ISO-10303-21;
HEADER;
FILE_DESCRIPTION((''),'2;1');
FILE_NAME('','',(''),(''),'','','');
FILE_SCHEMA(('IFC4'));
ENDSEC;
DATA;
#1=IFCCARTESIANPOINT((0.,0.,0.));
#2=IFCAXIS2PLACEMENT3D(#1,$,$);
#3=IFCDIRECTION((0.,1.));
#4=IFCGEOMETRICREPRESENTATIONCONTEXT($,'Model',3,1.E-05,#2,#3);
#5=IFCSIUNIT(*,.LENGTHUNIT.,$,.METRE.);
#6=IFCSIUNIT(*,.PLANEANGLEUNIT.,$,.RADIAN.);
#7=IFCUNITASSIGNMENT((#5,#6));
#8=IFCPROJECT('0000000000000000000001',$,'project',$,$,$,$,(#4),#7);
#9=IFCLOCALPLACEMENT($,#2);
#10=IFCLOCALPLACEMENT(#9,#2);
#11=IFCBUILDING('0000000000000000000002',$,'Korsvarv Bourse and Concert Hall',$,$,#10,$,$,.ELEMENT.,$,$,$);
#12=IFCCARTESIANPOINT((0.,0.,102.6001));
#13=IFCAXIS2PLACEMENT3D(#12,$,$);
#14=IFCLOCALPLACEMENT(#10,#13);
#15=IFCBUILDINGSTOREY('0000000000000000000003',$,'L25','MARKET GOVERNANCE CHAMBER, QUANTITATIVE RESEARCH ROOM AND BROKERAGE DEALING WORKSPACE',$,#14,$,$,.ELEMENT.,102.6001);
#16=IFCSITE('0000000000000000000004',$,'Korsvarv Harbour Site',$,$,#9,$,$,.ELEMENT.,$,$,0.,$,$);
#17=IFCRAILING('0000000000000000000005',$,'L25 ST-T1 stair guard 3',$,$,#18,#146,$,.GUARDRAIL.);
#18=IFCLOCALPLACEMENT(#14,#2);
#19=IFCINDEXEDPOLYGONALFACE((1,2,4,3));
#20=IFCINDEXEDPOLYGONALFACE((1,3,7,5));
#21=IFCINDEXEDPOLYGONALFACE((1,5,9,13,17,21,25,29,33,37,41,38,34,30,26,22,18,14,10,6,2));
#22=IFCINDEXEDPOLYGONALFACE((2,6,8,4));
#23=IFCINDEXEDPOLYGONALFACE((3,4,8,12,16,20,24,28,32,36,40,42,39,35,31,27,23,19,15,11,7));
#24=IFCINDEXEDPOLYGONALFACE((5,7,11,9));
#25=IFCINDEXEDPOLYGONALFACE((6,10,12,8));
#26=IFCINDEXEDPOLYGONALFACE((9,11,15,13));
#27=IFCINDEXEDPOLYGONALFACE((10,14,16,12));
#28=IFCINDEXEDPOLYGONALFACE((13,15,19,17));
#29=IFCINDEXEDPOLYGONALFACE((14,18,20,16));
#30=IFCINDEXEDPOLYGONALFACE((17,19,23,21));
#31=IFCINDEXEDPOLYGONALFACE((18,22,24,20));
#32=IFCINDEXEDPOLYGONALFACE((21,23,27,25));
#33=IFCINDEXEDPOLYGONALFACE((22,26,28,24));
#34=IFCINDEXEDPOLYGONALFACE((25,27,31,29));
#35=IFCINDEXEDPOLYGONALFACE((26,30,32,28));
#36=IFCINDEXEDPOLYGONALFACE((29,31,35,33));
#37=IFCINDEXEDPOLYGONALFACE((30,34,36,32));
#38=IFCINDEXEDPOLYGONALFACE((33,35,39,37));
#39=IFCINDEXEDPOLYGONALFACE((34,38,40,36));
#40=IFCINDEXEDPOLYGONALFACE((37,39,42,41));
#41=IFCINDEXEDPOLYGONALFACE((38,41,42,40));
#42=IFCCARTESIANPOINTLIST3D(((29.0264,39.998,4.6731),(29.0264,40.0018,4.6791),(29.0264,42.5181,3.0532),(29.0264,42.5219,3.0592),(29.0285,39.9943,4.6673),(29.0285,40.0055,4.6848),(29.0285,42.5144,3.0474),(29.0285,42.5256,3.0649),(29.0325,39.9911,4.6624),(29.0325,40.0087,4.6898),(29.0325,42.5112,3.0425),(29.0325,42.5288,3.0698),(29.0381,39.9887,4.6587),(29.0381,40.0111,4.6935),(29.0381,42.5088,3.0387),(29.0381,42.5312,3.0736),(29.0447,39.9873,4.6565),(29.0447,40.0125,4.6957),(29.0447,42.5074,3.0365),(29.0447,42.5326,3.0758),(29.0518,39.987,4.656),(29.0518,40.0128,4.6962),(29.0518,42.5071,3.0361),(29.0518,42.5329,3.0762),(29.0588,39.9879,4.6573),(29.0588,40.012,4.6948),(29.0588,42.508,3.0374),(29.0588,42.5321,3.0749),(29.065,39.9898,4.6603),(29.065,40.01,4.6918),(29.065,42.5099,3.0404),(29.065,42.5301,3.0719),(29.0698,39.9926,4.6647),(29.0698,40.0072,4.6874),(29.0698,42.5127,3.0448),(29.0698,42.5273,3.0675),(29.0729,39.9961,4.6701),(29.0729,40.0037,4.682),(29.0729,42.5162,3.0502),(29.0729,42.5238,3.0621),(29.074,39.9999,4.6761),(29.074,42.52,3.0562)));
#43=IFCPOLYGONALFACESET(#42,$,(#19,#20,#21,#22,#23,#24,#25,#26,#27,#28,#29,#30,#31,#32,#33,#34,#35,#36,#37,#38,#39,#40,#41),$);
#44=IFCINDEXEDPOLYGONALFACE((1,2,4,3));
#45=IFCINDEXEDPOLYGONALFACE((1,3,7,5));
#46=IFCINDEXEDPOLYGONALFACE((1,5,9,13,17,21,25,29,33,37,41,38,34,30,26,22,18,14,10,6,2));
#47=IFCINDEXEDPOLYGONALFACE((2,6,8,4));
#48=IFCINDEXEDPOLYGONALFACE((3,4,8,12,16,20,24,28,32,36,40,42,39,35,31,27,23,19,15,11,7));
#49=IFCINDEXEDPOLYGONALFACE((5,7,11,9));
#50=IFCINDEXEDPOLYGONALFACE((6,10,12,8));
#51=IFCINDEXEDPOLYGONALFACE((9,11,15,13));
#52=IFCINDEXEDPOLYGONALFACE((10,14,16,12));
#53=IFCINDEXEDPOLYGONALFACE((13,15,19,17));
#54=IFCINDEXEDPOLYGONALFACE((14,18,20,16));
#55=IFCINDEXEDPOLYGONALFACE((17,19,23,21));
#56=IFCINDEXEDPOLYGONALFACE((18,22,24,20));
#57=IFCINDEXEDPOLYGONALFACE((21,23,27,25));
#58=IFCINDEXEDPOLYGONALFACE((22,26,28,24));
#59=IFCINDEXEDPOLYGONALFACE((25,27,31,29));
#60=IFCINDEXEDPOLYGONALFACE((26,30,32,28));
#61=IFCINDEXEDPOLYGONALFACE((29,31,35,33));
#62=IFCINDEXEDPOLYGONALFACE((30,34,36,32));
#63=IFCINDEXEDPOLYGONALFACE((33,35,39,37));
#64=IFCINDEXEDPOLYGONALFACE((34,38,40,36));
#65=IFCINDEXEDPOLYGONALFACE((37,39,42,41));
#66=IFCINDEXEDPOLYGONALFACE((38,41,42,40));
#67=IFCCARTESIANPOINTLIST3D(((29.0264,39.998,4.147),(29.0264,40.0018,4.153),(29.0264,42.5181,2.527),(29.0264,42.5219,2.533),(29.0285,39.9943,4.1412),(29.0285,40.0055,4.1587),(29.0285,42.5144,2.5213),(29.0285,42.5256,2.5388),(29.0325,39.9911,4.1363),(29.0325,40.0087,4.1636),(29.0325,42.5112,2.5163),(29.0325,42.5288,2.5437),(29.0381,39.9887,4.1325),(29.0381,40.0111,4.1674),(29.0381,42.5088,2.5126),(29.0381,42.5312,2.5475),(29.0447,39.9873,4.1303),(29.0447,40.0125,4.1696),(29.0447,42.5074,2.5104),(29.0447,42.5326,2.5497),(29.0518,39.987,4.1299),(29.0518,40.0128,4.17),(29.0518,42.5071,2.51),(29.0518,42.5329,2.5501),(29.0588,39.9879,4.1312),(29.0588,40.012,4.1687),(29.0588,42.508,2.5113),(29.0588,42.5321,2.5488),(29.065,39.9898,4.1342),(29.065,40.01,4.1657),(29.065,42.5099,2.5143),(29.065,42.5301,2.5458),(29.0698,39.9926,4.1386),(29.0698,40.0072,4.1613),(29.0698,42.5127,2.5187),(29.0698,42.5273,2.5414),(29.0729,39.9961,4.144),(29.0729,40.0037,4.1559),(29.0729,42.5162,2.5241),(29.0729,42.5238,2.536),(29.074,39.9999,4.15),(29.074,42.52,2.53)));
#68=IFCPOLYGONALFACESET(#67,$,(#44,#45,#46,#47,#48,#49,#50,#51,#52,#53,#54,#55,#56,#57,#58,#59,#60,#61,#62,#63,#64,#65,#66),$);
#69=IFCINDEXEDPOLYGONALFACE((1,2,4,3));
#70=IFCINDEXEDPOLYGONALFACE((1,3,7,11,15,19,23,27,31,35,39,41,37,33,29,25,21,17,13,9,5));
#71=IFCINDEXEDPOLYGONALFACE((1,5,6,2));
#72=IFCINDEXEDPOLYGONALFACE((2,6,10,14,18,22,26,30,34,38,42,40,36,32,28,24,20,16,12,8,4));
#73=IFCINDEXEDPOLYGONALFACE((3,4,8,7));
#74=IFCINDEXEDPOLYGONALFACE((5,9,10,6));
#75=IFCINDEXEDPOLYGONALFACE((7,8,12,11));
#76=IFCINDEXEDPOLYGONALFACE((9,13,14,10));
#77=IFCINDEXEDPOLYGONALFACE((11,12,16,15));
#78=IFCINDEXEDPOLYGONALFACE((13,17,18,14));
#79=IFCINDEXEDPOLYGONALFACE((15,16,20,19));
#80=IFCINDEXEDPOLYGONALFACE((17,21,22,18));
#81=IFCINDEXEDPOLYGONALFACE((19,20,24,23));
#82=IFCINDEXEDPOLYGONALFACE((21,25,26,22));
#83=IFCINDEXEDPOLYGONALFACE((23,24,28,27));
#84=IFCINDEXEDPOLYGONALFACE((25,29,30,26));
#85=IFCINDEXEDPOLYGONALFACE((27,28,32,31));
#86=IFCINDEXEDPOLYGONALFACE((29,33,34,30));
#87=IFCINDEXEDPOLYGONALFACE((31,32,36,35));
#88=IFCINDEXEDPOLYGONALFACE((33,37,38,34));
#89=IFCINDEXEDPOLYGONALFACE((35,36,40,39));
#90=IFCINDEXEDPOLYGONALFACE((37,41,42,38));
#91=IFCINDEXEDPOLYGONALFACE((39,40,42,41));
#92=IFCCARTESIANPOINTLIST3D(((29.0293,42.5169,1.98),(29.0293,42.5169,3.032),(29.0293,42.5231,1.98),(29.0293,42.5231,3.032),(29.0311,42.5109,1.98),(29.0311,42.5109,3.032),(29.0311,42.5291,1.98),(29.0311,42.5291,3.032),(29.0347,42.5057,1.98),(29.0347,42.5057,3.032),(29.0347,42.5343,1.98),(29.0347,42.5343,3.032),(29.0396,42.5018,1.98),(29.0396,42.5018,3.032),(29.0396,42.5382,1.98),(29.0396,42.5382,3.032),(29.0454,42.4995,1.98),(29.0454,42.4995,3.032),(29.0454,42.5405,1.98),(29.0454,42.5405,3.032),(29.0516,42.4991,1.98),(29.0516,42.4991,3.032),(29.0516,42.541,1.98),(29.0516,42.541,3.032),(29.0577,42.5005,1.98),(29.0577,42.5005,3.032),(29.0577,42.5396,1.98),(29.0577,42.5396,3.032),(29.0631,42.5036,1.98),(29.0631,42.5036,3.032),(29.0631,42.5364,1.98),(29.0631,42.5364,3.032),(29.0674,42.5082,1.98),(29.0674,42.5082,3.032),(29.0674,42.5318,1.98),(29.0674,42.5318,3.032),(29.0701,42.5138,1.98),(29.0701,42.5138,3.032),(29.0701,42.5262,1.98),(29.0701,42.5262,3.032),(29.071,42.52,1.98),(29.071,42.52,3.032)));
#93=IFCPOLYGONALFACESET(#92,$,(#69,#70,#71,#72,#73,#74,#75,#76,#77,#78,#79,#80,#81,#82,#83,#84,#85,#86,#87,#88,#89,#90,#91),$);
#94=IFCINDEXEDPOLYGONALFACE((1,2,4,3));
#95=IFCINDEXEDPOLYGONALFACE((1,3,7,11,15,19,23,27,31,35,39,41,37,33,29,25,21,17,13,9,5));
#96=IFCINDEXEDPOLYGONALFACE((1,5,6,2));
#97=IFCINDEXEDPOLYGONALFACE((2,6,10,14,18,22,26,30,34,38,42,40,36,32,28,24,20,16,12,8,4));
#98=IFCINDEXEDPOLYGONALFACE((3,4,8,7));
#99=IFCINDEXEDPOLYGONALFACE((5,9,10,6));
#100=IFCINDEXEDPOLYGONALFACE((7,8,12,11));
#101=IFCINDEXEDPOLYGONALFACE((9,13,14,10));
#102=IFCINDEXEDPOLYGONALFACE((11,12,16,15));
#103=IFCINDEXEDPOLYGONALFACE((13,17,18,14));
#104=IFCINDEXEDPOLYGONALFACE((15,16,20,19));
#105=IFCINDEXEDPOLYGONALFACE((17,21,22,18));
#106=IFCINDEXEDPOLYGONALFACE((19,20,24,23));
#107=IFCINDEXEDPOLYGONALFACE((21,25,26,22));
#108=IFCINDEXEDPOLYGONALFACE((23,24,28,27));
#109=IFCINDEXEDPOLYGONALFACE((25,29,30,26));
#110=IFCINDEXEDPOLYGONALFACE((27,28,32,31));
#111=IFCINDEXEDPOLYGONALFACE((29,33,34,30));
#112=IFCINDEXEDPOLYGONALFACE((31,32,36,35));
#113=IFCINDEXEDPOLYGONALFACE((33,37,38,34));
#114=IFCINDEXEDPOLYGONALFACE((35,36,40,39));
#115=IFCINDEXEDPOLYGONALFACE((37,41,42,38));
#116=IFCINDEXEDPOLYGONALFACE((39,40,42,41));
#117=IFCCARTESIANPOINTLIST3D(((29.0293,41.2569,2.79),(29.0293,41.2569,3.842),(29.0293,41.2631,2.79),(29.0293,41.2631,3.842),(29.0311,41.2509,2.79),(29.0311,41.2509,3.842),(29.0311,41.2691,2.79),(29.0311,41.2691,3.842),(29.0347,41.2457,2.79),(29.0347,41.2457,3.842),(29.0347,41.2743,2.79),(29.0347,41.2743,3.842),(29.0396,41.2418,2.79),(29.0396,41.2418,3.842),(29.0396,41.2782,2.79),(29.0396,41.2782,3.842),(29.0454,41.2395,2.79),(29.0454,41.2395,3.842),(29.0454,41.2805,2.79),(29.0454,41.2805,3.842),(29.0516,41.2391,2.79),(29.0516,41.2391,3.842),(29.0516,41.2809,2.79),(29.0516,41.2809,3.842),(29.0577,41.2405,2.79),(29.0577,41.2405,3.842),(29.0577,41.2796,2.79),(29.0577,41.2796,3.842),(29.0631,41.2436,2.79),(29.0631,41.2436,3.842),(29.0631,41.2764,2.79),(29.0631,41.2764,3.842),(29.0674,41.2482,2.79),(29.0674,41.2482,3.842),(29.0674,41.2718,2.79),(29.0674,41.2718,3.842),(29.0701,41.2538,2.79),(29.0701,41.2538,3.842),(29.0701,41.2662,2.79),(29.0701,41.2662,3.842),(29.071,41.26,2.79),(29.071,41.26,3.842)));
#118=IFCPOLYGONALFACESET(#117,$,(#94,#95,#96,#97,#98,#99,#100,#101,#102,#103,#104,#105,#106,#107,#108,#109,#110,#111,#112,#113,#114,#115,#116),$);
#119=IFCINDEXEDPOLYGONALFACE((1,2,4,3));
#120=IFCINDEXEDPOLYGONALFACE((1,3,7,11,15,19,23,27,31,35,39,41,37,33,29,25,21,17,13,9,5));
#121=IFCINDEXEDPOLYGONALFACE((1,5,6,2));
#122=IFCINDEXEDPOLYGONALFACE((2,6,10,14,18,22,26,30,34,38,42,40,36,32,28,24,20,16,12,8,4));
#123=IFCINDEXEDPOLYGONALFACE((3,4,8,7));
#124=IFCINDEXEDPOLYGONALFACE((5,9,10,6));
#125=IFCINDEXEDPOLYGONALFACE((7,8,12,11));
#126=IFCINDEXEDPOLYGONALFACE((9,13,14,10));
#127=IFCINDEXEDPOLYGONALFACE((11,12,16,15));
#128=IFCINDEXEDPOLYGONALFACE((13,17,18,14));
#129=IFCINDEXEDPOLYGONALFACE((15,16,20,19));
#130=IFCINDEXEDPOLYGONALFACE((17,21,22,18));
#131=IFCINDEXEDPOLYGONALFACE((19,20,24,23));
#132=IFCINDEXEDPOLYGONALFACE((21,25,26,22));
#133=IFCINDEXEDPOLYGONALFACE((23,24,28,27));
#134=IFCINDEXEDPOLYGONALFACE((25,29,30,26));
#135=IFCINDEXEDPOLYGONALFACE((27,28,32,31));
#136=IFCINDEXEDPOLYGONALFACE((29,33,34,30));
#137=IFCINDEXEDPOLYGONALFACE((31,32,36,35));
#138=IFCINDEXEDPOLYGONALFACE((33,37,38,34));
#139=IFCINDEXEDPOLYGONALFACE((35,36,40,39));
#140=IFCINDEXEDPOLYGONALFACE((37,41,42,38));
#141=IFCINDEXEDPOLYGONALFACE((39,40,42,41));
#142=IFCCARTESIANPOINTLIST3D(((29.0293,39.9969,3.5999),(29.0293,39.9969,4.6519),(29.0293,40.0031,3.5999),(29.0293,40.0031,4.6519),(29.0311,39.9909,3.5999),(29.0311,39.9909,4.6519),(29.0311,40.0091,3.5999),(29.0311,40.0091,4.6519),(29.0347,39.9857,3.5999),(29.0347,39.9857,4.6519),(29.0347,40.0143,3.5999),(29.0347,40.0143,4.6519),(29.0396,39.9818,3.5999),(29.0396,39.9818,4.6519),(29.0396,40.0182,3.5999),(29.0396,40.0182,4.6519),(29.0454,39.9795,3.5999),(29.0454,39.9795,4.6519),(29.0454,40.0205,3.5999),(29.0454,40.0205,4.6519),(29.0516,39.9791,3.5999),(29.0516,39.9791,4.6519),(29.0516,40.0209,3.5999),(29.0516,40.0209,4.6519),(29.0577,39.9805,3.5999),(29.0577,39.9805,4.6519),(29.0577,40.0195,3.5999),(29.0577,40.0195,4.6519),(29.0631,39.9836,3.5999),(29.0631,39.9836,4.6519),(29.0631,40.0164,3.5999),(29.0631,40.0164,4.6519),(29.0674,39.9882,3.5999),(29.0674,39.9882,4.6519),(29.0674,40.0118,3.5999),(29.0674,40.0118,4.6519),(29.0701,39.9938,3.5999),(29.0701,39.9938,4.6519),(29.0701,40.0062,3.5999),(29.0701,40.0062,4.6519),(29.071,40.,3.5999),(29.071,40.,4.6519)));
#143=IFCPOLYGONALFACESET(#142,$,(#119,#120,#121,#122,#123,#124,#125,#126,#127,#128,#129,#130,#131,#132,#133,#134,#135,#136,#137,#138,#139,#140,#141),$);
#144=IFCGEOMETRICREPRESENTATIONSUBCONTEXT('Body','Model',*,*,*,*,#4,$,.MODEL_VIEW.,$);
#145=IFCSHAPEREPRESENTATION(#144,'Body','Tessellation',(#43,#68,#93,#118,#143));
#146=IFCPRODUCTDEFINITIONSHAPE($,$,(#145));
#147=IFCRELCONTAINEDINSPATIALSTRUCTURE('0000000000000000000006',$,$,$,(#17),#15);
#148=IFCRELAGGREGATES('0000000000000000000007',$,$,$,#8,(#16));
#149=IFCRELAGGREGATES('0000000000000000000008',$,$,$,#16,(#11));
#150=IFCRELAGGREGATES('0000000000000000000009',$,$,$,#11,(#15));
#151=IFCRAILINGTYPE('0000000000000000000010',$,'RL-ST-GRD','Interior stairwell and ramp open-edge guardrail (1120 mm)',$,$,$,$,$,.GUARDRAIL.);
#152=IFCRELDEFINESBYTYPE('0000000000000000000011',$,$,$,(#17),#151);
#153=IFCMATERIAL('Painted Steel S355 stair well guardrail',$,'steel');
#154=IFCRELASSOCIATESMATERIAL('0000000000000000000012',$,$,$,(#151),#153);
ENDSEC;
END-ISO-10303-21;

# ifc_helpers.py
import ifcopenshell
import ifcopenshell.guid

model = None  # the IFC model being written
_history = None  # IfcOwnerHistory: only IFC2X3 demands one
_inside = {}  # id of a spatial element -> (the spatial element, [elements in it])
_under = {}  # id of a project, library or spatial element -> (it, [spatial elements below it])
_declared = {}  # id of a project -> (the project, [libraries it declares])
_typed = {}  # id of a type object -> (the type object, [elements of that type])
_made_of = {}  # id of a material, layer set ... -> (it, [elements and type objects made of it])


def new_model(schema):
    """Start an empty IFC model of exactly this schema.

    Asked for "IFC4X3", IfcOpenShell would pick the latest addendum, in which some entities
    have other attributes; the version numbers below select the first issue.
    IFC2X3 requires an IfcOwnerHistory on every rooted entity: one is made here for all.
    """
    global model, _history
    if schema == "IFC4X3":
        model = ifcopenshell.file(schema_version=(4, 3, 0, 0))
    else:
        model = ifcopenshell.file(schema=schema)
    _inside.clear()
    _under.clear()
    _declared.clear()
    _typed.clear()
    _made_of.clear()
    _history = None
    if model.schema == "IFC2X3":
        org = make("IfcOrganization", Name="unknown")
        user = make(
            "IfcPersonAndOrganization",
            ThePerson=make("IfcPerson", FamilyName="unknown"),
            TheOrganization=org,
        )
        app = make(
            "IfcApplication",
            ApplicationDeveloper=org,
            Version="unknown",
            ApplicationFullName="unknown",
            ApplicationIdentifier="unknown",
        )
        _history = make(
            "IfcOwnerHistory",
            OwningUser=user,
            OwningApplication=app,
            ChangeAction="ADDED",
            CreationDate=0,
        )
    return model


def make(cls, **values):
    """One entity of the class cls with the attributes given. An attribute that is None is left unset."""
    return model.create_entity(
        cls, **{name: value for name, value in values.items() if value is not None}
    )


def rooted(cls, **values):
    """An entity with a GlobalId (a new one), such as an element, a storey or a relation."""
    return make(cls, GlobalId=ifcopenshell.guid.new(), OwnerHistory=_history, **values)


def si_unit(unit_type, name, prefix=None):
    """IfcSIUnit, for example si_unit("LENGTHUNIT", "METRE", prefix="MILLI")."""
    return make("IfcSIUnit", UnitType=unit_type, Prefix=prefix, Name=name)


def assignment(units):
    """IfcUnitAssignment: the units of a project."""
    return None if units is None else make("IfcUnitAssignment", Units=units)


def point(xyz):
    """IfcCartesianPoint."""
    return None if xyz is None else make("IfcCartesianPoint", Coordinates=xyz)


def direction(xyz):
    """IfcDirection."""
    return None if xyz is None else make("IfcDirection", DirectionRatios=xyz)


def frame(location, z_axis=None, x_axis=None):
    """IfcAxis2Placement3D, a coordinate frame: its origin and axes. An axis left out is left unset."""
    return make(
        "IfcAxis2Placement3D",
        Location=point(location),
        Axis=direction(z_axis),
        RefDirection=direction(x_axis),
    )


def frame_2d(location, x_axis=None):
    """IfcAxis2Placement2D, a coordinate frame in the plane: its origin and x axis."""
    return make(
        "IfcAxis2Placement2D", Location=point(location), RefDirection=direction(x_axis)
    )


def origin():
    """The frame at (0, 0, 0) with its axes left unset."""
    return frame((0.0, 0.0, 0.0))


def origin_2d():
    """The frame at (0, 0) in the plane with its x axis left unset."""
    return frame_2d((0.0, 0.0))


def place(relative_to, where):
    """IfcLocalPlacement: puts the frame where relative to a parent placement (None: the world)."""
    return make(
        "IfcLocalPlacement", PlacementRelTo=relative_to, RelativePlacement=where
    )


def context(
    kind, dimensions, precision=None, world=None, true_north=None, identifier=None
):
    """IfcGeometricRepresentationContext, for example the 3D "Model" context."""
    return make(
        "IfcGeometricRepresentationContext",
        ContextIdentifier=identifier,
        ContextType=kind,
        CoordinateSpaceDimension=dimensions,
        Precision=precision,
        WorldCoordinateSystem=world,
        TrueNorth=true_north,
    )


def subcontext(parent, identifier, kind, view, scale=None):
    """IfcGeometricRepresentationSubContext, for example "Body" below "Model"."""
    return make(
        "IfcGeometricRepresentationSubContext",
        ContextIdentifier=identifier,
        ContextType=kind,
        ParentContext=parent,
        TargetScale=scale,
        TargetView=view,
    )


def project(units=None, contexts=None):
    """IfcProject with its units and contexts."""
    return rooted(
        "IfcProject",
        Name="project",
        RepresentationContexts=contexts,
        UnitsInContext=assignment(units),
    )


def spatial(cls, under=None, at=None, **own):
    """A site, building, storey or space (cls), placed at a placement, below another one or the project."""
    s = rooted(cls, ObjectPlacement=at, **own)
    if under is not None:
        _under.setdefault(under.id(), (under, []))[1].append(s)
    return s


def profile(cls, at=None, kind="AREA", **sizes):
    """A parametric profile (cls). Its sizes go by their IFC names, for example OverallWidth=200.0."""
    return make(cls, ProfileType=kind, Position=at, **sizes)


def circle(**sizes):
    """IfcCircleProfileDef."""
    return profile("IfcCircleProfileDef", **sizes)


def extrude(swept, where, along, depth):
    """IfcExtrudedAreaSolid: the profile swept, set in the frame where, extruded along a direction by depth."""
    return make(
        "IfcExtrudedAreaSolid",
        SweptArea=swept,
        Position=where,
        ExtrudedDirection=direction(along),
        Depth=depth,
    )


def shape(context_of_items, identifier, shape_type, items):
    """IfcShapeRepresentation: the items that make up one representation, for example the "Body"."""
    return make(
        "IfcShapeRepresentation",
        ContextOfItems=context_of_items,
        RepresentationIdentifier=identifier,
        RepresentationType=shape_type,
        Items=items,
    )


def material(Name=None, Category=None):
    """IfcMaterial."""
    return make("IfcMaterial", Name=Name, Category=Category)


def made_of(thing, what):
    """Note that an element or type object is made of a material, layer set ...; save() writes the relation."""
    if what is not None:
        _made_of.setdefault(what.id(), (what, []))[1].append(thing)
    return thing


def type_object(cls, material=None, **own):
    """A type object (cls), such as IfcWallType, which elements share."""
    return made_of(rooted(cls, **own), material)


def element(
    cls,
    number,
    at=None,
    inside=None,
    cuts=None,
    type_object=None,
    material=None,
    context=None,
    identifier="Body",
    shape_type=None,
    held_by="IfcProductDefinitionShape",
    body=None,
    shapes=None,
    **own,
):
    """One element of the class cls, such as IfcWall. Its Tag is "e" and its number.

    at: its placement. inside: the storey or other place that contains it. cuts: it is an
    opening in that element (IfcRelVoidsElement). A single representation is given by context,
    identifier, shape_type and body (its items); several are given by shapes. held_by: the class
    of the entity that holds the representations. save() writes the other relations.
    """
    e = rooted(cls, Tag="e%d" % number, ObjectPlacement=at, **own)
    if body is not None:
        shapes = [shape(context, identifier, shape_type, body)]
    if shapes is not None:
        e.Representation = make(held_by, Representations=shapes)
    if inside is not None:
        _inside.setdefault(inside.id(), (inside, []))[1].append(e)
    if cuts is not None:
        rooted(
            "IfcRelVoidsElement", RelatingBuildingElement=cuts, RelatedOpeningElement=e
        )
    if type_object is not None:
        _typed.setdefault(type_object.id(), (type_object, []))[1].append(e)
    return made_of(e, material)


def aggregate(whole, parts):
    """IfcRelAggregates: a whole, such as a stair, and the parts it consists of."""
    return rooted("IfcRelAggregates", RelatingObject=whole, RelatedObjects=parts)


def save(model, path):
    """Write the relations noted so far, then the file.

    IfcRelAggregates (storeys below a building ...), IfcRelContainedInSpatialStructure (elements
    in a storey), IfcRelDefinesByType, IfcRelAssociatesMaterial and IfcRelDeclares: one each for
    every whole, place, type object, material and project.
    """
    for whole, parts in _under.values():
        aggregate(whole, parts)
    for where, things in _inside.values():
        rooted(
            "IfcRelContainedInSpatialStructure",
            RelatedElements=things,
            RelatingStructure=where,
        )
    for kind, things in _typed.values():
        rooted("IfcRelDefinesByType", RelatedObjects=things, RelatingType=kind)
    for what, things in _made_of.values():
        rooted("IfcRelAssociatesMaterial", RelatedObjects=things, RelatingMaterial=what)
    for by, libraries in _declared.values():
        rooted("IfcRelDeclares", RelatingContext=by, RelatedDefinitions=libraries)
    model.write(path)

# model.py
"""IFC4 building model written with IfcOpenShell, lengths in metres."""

from ifc_helpers import new_model, si_unit, direction, frame, origin, origin_2d, place, context, subcontext, project, spatial, circle, extrude, material, type_object, element, save


model = new_model("IFC4")

# Units and contexts
model_context = context("Model", 3, precision=1e-05, world=origin(), true_north=direction((0.0, 1.0)))
body_context = subcontext(model_context, "Body", "Model", "MODEL_VIEW")
ifc_project = project(units=[si_unit("LENGTHUNIT", "METRE"), si_unit("PLANEANGLEUNIT", "RADIAN")], contexts=[model_context])

# Site, building, storey
site_placement = place(None, origin())
site = spatial("IfcSite", under=ifc_project, at=site_placement, Name="Korsvarv Harbour Site", CompositionType="ELEMENT", RefElevation=0.0)
building_placement = place(site_placement, origin())
building = spatial("IfcBuilding", under=site, at=building_placement, Name="Korsvarv Bourse and Concert Hall", CompositionType="ELEMENT")
storey_placement = place(building_placement, frame((0.0, 0.0, 102.6001)))
storey = spatial("IfcBuildingStorey", under=building, at=storey_placement, Name="L25", Description="MARKET GOVERNANCE CHAMBER, QUANTITATIVE RESEARCH ROOM AND BROKERAGE DEALING WORKSPACE", CompositionType="ELEMENT", Elevation=102.6001)

# Railing
ifc_material_1 = material(Name="Painted Steel S355 stair well guardrail", Category="steel")
railing_type_1 = type_object("IfcRailingType", Name="RL-ST-GRD", Description="Interior stairwell and ramp open-edge guardrail (1120 mm)", PredefinedType="GUARDRAIL", material=ifc_material_1)
railing_1_placement = place(storey_placement, frame((29.05, 42.52, 1.98)))
element("IfcRailing", 1, at=railing_1_placement, inside=storey, type_object=railing_type_1, Name="L25 ST-T1 stair guard 3", PredefinedType="GUARDRAIL", context=body_context, shape_type="SweptSolid", body=[
    extrude(circle(Radius=0.0239, at=origin_2d()), frame((0.0, 0.0, 1.0762), z_axis=(0.0, -0.8412, 0.540725), x_axis=(1.0, 0.0, 0.0)), (0.0, 0.0, 1.0), 2.9958),
    extrude(circle(Radius=0.0239, at=origin_2d()), frame((0.0, 0.0, 0.55), z_axis=(0.0, -0.8412, 0.540725), x_axis=(1.0, 0.0, 0.0)), (0.0, 0.0, 1.0), 2.9958),
    extrude(circle(Radius=0.021, at=origin_2d()), origin(), (0.0, 0.0, 1.0), 1.052),
    extrude(circle(Radius=0.021, at=origin_2d()), frame((0.0, -1.26, 0.8101)), (0.0, 0.0, 1.0), 1.052),
    extrude(circle(Radius=0.021, at=origin_2d()), frame((0.0, -2.52, 1.6199)), (0.0, 0.0, 1.0), 1.052),
])

save(model, "model.ifc")
